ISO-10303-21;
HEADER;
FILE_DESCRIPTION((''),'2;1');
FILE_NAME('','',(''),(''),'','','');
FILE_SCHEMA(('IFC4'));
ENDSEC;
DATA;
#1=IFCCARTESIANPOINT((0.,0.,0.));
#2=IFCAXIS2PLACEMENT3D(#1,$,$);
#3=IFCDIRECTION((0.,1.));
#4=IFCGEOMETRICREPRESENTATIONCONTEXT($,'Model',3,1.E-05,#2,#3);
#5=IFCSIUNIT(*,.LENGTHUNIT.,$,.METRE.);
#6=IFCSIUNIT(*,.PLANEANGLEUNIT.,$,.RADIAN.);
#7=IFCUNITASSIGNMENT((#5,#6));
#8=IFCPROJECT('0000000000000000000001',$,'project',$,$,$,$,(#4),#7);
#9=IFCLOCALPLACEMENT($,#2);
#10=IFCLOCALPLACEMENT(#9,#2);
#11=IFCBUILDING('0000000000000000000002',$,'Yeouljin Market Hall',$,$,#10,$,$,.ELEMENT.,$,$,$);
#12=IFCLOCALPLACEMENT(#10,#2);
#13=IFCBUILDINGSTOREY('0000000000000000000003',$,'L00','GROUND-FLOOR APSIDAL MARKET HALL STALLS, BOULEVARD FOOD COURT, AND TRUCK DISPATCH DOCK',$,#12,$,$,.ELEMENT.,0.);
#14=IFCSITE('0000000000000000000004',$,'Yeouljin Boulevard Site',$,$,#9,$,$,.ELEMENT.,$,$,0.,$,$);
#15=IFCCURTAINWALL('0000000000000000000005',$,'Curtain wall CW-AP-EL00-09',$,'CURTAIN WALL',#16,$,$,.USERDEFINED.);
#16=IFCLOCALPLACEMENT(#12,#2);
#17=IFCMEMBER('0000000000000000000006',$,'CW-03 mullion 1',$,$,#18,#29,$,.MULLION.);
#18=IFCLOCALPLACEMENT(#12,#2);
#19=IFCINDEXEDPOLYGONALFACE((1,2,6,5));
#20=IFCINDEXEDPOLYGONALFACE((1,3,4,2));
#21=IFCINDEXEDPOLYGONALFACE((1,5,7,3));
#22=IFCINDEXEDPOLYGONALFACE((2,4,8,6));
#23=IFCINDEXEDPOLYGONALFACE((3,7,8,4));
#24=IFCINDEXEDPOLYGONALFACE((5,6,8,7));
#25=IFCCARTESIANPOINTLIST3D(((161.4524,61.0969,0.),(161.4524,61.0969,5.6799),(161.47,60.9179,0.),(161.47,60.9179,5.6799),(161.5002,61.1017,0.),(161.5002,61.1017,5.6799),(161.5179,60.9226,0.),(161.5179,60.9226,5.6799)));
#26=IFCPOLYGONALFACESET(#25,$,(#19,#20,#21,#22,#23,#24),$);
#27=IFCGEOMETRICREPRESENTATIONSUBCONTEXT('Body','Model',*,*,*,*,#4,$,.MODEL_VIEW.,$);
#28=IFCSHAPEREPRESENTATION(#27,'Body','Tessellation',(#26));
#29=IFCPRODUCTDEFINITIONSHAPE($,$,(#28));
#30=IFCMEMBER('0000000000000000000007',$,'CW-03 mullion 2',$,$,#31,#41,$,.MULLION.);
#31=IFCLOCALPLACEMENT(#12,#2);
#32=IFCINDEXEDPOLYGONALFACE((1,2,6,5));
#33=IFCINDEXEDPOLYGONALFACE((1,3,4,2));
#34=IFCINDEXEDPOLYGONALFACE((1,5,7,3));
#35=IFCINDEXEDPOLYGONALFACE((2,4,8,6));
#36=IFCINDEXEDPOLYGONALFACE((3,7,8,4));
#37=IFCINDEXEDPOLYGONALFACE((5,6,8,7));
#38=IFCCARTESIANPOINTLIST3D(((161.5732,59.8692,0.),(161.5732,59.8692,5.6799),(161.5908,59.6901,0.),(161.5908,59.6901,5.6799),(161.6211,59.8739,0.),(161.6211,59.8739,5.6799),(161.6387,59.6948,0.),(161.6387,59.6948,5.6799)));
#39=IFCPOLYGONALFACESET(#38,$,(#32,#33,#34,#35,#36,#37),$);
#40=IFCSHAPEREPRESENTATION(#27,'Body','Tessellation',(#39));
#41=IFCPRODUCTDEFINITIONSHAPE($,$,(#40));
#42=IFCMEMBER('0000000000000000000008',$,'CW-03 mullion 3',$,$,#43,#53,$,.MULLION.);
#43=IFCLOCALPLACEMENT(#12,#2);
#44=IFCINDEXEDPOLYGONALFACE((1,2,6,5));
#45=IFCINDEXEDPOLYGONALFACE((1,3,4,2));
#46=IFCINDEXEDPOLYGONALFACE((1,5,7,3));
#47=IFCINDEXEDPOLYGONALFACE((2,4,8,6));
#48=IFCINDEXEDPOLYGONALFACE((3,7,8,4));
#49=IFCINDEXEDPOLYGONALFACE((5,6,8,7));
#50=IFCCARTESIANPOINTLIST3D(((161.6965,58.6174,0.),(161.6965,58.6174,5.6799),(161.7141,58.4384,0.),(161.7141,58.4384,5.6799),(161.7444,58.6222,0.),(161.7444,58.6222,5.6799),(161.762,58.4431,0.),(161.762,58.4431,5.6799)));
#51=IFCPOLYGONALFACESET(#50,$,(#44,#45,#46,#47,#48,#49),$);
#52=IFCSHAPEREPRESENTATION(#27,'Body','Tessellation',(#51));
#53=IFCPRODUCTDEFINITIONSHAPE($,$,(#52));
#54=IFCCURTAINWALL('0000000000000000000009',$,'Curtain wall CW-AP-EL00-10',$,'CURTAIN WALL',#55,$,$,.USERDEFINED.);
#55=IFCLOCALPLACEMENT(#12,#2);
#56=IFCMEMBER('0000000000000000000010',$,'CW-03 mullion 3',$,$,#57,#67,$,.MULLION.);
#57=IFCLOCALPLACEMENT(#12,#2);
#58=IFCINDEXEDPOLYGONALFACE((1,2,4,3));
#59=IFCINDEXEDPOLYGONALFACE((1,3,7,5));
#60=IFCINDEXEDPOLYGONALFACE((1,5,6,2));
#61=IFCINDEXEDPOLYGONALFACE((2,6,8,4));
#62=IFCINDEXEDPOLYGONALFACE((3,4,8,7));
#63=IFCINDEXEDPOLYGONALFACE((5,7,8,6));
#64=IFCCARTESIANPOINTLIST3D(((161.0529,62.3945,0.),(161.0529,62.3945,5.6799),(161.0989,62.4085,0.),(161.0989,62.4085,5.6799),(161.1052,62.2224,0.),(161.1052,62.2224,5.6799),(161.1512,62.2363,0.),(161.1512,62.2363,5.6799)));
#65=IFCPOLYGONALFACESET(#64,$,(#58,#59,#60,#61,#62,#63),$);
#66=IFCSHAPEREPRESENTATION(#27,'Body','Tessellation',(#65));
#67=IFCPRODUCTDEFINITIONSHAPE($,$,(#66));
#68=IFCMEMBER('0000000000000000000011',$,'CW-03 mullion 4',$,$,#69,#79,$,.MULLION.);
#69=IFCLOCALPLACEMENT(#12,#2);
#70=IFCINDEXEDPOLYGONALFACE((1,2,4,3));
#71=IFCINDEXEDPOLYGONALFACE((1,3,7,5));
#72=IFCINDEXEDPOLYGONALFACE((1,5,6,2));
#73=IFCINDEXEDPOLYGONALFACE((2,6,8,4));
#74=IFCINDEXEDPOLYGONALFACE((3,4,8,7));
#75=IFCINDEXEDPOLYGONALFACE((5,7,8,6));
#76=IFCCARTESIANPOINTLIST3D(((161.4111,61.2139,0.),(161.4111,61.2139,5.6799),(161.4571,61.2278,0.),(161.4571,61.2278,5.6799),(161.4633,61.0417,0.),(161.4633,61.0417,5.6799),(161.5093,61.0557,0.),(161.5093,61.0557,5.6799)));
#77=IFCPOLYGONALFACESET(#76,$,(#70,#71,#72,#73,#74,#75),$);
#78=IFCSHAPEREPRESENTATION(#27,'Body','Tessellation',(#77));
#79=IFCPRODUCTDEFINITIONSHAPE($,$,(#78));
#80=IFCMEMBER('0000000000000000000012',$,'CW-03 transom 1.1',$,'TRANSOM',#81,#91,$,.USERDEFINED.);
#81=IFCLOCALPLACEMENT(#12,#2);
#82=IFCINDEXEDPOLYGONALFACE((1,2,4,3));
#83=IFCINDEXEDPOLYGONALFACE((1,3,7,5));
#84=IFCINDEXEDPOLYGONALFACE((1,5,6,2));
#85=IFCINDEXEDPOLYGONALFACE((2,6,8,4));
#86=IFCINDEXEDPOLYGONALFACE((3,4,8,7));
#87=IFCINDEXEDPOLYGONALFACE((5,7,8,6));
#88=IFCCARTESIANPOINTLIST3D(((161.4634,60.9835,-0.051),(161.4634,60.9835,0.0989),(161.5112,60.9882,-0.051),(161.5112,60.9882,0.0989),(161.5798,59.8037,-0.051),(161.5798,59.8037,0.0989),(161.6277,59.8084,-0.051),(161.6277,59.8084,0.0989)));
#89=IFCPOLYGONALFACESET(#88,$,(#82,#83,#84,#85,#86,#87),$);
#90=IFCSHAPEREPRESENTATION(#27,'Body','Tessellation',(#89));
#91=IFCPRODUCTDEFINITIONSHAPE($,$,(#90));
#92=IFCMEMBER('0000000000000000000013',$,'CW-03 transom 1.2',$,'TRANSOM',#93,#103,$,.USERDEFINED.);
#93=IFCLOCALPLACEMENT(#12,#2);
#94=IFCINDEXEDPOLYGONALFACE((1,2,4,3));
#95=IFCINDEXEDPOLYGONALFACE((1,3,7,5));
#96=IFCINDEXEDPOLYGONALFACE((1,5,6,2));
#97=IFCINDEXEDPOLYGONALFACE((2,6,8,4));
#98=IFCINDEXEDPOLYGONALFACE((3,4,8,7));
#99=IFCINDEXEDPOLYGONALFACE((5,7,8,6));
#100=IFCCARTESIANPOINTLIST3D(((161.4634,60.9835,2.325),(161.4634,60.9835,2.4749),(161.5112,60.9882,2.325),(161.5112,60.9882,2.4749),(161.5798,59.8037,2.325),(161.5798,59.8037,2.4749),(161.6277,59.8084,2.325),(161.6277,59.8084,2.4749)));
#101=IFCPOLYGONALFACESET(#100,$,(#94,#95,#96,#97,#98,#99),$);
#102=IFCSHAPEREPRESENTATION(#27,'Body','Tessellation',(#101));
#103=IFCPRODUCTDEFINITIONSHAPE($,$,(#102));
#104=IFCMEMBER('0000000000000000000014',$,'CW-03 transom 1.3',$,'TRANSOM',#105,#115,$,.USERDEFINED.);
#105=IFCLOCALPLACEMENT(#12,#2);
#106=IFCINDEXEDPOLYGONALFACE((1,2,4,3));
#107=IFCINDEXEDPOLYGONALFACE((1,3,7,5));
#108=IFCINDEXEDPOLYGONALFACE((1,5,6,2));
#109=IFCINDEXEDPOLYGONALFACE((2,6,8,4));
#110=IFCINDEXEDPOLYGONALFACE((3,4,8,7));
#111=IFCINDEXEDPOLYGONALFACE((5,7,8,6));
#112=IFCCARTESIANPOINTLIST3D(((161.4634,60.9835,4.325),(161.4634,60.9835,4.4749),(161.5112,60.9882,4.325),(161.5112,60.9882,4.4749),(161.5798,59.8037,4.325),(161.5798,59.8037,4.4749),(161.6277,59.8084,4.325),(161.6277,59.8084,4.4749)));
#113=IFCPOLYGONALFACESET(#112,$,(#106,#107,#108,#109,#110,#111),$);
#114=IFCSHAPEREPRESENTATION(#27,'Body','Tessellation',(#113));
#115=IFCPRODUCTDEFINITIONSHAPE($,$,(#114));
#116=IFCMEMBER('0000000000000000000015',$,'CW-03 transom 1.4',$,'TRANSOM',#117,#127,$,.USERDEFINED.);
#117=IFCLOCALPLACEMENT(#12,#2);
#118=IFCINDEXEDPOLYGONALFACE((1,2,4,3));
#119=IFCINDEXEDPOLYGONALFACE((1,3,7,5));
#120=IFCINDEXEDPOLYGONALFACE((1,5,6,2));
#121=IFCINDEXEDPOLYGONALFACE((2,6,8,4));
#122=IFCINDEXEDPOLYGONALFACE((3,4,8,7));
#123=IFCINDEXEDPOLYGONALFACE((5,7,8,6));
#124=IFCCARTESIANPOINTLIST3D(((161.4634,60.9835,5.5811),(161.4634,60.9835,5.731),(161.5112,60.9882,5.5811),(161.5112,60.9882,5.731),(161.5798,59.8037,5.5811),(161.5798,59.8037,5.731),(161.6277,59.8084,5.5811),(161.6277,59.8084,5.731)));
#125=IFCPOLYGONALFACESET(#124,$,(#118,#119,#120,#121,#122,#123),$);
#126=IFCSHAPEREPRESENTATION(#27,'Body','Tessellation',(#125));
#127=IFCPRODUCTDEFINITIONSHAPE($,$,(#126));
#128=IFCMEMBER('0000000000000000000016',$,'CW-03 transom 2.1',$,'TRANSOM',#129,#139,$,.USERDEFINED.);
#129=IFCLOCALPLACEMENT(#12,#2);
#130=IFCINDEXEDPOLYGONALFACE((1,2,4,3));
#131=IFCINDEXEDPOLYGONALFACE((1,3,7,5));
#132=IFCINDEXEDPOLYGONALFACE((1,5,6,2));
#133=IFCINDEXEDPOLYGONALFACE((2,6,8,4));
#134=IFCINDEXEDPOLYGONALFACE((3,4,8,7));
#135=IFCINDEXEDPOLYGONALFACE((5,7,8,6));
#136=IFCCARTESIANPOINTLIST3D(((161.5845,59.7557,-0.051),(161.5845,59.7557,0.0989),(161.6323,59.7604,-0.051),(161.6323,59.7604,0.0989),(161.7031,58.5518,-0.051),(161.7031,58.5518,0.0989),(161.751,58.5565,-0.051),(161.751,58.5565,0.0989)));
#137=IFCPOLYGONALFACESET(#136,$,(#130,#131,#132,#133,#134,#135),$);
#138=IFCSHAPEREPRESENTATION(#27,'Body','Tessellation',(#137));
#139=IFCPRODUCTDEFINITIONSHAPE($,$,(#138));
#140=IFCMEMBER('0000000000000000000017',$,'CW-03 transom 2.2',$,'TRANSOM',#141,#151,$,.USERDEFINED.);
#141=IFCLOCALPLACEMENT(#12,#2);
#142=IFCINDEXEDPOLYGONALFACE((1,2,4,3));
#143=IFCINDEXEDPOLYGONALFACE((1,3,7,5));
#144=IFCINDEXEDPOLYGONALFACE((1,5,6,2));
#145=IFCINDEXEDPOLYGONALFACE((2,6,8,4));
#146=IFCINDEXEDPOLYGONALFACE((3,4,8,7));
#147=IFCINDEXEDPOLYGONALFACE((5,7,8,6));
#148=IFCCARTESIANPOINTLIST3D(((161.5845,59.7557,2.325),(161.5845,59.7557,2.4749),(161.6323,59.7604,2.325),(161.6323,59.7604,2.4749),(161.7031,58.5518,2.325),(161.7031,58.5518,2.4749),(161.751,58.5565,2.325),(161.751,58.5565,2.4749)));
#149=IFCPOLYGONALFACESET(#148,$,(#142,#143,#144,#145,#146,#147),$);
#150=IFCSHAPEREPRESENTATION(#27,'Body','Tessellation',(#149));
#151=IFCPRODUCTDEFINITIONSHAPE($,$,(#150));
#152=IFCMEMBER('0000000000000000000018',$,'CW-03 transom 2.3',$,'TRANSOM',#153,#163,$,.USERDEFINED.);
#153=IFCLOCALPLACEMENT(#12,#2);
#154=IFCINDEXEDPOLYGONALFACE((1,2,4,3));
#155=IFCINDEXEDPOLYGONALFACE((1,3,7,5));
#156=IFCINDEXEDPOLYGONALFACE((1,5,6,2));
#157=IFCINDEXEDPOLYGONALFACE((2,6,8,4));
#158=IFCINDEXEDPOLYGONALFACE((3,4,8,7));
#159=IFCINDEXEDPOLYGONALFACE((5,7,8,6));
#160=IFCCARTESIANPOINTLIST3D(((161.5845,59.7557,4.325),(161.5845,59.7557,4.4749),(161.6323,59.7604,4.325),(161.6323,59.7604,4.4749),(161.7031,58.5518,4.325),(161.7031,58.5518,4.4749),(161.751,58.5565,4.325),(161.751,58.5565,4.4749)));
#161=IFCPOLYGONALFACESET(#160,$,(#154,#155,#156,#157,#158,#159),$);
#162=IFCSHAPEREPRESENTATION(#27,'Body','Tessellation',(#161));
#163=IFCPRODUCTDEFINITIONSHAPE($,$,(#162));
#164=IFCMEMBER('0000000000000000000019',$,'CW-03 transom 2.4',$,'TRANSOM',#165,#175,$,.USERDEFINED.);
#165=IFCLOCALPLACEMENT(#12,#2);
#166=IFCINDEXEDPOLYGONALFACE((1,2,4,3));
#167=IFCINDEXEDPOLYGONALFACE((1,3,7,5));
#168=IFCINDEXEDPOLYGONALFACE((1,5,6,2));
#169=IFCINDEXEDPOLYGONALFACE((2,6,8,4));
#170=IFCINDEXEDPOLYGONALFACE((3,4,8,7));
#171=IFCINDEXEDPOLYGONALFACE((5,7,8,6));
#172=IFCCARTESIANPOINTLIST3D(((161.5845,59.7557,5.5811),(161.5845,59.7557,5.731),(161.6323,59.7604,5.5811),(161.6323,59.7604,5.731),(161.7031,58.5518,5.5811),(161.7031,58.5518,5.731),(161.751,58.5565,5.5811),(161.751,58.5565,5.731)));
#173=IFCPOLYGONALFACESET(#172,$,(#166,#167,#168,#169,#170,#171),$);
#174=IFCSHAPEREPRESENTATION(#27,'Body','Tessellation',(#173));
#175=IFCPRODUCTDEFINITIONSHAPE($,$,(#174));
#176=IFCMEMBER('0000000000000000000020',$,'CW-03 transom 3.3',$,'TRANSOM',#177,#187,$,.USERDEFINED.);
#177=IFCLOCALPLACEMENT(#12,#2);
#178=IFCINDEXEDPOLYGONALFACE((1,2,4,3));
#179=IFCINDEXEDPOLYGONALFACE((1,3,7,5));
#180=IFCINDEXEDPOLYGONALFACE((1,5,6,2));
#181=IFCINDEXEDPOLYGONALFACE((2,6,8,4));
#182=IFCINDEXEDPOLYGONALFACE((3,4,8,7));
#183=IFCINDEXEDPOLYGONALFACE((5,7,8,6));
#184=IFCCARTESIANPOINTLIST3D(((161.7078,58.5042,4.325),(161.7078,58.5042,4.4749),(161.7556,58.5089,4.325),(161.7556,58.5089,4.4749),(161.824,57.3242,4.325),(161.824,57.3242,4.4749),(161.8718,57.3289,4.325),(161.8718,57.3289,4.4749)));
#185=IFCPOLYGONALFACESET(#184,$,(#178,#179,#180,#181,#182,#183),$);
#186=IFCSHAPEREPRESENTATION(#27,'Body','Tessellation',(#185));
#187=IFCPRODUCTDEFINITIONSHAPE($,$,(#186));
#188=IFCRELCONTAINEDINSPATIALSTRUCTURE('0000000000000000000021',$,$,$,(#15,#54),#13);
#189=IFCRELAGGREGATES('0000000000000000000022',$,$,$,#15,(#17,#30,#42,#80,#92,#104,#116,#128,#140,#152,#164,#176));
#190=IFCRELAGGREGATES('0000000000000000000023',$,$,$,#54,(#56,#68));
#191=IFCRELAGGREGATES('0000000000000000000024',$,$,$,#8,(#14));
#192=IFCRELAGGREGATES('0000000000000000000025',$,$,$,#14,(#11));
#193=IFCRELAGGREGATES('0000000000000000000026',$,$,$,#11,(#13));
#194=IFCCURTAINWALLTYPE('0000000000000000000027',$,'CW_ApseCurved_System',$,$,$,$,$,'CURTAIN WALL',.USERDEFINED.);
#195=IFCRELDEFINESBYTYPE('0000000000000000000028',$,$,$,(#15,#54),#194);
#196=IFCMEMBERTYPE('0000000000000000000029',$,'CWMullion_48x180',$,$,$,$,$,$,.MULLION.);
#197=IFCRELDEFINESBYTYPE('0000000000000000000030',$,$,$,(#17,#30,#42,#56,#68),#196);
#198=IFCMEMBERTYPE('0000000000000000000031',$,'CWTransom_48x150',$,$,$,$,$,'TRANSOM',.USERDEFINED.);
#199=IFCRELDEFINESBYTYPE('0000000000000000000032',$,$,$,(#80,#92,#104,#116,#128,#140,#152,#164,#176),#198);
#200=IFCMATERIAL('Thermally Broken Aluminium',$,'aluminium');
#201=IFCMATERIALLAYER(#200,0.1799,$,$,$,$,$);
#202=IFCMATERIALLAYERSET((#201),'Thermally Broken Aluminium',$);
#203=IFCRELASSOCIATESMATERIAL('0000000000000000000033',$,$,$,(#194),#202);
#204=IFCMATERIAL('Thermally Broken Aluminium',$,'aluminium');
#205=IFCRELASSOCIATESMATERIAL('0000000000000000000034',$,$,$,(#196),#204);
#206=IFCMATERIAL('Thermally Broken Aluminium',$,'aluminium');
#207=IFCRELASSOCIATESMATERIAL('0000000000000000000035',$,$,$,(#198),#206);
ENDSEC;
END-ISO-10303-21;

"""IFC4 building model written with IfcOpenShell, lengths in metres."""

from ifc_helpers import new_model, si_unit, direction, frame, origin, origin_2d, place, context, subcontext, project, spatial, rectangle, extrude, material, layer, layer_set, material_profile, profile_set, type_object, element, aggregate, save


model = new_model("IFC4")

# Units and contexts
model_context = context("Model", 3, precision=1e-05, world=origin(), true_north=direction((0.0, 1.0)))
body_context = subcontext(model_context, "Body", "Model", "MODEL_VIEW")
ifc_project = project(units=[si_unit("LENGTHUNIT", "METRE"), si_unit("PLANEANGLEUNIT", "RADIAN")], contexts=[model_context])

# Site, building, storey
site_placement = place(None, origin())
site = spatial("IfcSite", under=ifc_project, at=site_placement, Name="Yeouljin Boulevard Site", CompositionType="ELEMENT", RefElevation=0.0)
building_placement = place(site_placement, origin())
building = spatial("IfcBuilding", under=site, at=building_placement, Name="Yeouljin Market Hall", CompositionType="ELEMENT")
storey_placement = place(building_placement, origin())
storey = spatial("IfcBuildingStorey", under=building, at=storey_placement, Name="L00", Description="GROUND-FLOOR APSIDAL MARKET HALL STALLS, BOULEVARD FOOD COURT, AND TRUCK DISPATCH DOCK", CompositionType="ELEMENT", Elevation=0.0)

# Curtain walls, members
ifc_material_1 = material(Name="Thermally Broken Aluminium", Category="aluminium")
ifc_layer_1 = layer(ifc_material_1, 0.1799)
ifc_layer_set_1 = layer_set([ifc_layer_1], Name="Thermally Broken Aluminium")
curtain_wall_type = type_object("IfcCurtainWallType", Name="CW_ApseCurved_System", ElementType="CURTAIN WALL", PredefinedType="USERDEFINED", material=ifc_layer_set_1)
curtain_wall_1_placement = place(storey_placement, origin())
curtain_wall_1 = element("IfcCurtainWall", 1, at=curtain_wall_1_placement, inside=storey, type_object=curtain_wall_type, Name="Curtain wall CW-AP-EL00-09", ObjectType="CURTAIN WALL", PredefinedType="USERDEFINED")
ifc_material_2 = material(Name="Thermally Broken Aluminium", Category="aluminium")
ifc_material_profile_1 = material_profile(ifc_material_2, rectangle(XDim=0.0481, YDim=0.1799, at=origin_2d()), Name="CW-MULL-48x180")
ifc_profile_set_1 = profile_set([ifc_material_profile_1], Name="Thermally Broken Aluminium")
member_type_1 = type_object("IfcMemberType", Name="CWMullion_48x180", PredefinedType="MULLION", material=ifc_profile_set_1)
member_1_placement = place(storey_placement, frame((161.4851, 61.0098, 0.0), z_axis=(0.0, 0.0, 1.0), x_axis=(0.995183, 0.098034, 0.0)))
member_1 = element("IfcMember", 2, at=member_1_placement, type_object=member_type_1, Name="CW-03 mullion 1", PredefinedType="MULLION", context=body_context, shape_type="SweptSolid", body=[
    extrude(rectangle(XDim=0.0481, YDim=0.1799, at=origin_2d()), origin(), (0.0, 0.0, 1.0), 5.6799),
])
member_2_placement = place(storey_placement, frame((161.606, 59.782, 0.0), z_axis=(0.0, 0.0, 1.0), x_axis=(0.995183, 0.098034, 0.0)))
member_2 = element("IfcMember", 3, at=member_2_placement, type_object=member_type_1, Name="CW-03 mullion 2", PredefinedType="MULLION", context=body_context, shape_type="SweptSolid", body=[
    extrude(rectangle(XDim=0.0481, YDim=0.1799, at=origin_2d()), origin(), (0.0, 0.0, 1.0), 5.6799),
])
member_3_placement = place(storey_placement, frame((161.7292, 58.5303, 0.0), z_axis=(0.0, 0.0, 1.0), x_axis=(0.995183, 0.098034, 0.0)))
member_3 = element("IfcMember", 4, at=member_3_placement, type_object=member_type_1, Name="CW-03 mullion 3", PredefinedType="MULLION", context=body_context, shape_type="SweptSolid", body=[
    extrude(rectangle(XDim=0.0481, YDim=0.1799, at=origin_2d()), origin(), (0.0, 0.0, 1.0), 5.6799),
])
curtain_wall_2_placement = place(storey_placement, origin())
curtain_wall_2 = element("IfcCurtainWall", 5, at=curtain_wall_2_placement, inside=storey, type_object=curtain_wall_type, Name="Curtain wall CW-AP-EL00-10", ObjectType="CURTAIN WALL", PredefinedType="USERDEFINED")
member_4_placement = place(storey_placement, frame((161.1021, 62.3154, 0.0), z_axis=(0.0, 0.0, 1.0), x_axis=(0.95694, 0.290286, 0.0)))
member_4 = element("IfcMember", 6, at=member_4_placement, type_object=member_type_1, Name="CW-03 mullion 3", PredefinedType="MULLION", context=body_context, shape_type="SweptSolid", body=[
    extrude(rectangle(XDim=0.0481, YDim=0.1799, at=origin_2d()), origin(), (0.0, 0.0, 1.0), 5.6799),
])
member_5_placement = place(storey_placement, frame((161.4602, 61.1348, 0.0), z_axis=(0.0, 0.0, 1.0), x_axis=(0.95694, 0.290286, 0.0)))
member_5 = element("IfcMember", 7, at=member_5_placement, type_object=member_type_1, Name="CW-03 mullion 4", PredefinedType="MULLION", context=body_context, shape_type="SweptSolid", body=[
    extrude(rectangle(XDim=0.0481, YDim=0.1799, at=origin_2d()), origin(), (0.0, 0.0, 1.0), 5.6799),
])

# Members
ifc_material_3 = material(Name="Thermally Broken Aluminium", Category="aluminium")
ifc_material_profile_2 = material_profile(ifc_material_3, rectangle(XDim=0.0481, YDim=0.1499, at=origin_2d()), Name="CW-TRAN-48x150")
ifc_profile_set_2 = profile_set([ifc_material_profile_2], Name="Thermally Broken Aluminium")
member_type_2 = type_object("IfcMemberType", Name="CWTransom_48x150", ElementType="TRANSOM", PredefinedType="USERDEFINED", material=ifc_profile_set_2)
member_6_placement = place(storey_placement, frame((161.4873, 60.9858, 0.0239), z_axis=(0.098219, -0.995165, 0.0), x_axis=(0.995165, 0.098219, 0.0)))
member_6 = element("IfcMember", 8, at=member_6_placement, type_object=member_type_2, Name="CW-03 transom 1.1", ObjectType="TRANSOM", PredefinedType="USERDEFINED", context=body_context, shape_type="SweptSolid", body=[
    extrude(rectangle(XDim=0.0481, YDim=0.1499, at=origin_2d()), origin(), (0.0, 0.0, 1.0), 1.1855),
])
member_7_placement = place(storey_placement, frame((161.4873, 60.9858, 2.3999), z_axis=(0.098219, -0.995165, 0.0), x_axis=(0.995165, 0.098219, 0.0)))
member_7 = element("IfcMember", 9, at=member_7_placement, type_object=member_type_2, Name="CW-03 transom 1.2", ObjectType="TRANSOM", PredefinedType="USERDEFINED", context=body_context, shape_type="SweptSolid", body=[
    extrude(rectangle(XDim=0.0481, YDim=0.1499, at=origin_2d()), origin(), (0.0, 0.0, 1.0), 1.1855),
])
member_8_placement = place(storey_placement, frame((161.4873, 60.9858, 4.3999), z_axis=(0.098219, -0.995165, 0.0), x_axis=(0.995165, 0.098219, 0.0)))
member_8 = element("IfcMember", 10, at=member_8_placement, type_object=member_type_2, Name="CW-03 transom 1.3", ObjectType="TRANSOM", PredefinedType="USERDEFINED", context=body_context, shape_type="SweptSolid", body=[
    extrude(rectangle(XDim=0.0481, YDim=0.1499, at=origin_2d()), origin(), (0.0, 0.0, 1.0), 1.1855),
])
member_9_placement = place(storey_placement, frame((161.4873, 60.9858, 5.656), z_axis=(0.098219, -0.995165, 0.0), x_axis=(0.995165, 0.098219, 0.0)))
member_9 = element("IfcMember", 11, at=member_9_placement, type_object=member_type_2, Name="CW-03 transom 1.4", ObjectType="TRANSOM", PredefinedType="USERDEFINED", context=body_context, shape_type="SweptSolid", body=[
    extrude(rectangle(XDim=0.0481, YDim=0.1499, at=origin_2d()), origin(), (0.0, 0.0, 1.0), 1.1855),
])
member_10_placement = place(storey_placement, frame((161.6084, 59.7581, 0.0239), z_axis=(0.098085, -0.995178, 0.0), x_axis=(0.995178, 0.098085, 0.0)))
member_10 = element("IfcMember", 12, at=member_10_placement, type_object=member_type_2, Name="CW-03 transom 2.1", ObjectType="TRANSOM", PredefinedType="USERDEFINED", context=body_context, shape_type="SweptSolid", body=[
    extrude(rectangle(XDim=0.0481, YDim=0.1499, at=origin_2d()), origin(), (0.0, 0.0, 1.0), 1.2097),
])
member_11_placement = place(storey_placement, frame((161.6084, 59.7581, 2.3999), z_axis=(0.098085, -0.995178, 0.0), x_axis=(0.995178, 0.098085, 0.0)))
member_11 = element("IfcMember", 13, at=member_11_placement, type_object=member_type_2, Name="CW-03 transom 2.2", ObjectType="TRANSOM", PredefinedType="USERDEFINED", context=body_context, shape_type="SweptSolid", body=[
    extrude(rectangle(XDim=0.0481, YDim=0.1499, at=origin_2d()), origin(), (0.0, 0.0, 1.0), 1.2097),
])
member_12_placement = place(storey_placement, frame((161.6084, 59.7581, 4.3999), z_axis=(0.098085, -0.995178, 0.0), x_axis=(0.995178, 0.098085, 0.0)))
member_12 = element("IfcMember", 14, at=member_12_placement, type_object=member_type_2, Name="CW-03 transom 2.3", ObjectType="TRANSOM", PredefinedType="USERDEFINED", context=body_context, shape_type="SweptSolid", body=[
    extrude(rectangle(XDim=0.0481, YDim=0.1499, at=origin_2d()), origin(), (0.0, 0.0, 1.0), 1.2097),
])
member_13_placement = place(storey_placement, frame((161.6084, 59.7581, 5.656), z_axis=(0.098085, -0.995178, 0.0), x_axis=(0.995178, 0.098085, 0.0)))
member_13 = element("IfcMember", 15, at=member_13_placement, type_object=member_type_2, Name="CW-03 transom 2.4", ObjectType="TRANSOM", PredefinedType="USERDEFINED", context=body_context, shape_type="SweptSolid", body=[
    extrude(rectangle(XDim=0.0481, YDim=0.1499, at=origin_2d()), origin(), (0.0, 0.0, 1.0), 1.2097),
])
member_14_placement = place(storey_placement, frame((161.7317, 58.5066, 4.3999), z_axis=(0.097995, -0.995187, 0.0), x_axis=(0.995187, 0.097995, 0.0)))
member_14 = element("IfcMember", 16, at=member_14_placement, type_object=member_type_2, Name="CW-03 transom 3.3", ObjectType="TRANSOM", PredefinedType="USERDEFINED", context=body_context, shape_type="SweptSolid", body=[
    extrude(rectangle(XDim=0.0481, YDim=0.1499, at=origin_2d()), origin(), (0.0, 0.0, 1.0), 1.1858),
])

aggregate(curtain_wall_1, [member_1, member_2, member_3, member_6, member_7, member_8, member_9, member_10, member_11, member_12, member_13, member_14])
aggregate(curtain_wall_2, [member_4, member_5])

save(model, "model.ifc")
